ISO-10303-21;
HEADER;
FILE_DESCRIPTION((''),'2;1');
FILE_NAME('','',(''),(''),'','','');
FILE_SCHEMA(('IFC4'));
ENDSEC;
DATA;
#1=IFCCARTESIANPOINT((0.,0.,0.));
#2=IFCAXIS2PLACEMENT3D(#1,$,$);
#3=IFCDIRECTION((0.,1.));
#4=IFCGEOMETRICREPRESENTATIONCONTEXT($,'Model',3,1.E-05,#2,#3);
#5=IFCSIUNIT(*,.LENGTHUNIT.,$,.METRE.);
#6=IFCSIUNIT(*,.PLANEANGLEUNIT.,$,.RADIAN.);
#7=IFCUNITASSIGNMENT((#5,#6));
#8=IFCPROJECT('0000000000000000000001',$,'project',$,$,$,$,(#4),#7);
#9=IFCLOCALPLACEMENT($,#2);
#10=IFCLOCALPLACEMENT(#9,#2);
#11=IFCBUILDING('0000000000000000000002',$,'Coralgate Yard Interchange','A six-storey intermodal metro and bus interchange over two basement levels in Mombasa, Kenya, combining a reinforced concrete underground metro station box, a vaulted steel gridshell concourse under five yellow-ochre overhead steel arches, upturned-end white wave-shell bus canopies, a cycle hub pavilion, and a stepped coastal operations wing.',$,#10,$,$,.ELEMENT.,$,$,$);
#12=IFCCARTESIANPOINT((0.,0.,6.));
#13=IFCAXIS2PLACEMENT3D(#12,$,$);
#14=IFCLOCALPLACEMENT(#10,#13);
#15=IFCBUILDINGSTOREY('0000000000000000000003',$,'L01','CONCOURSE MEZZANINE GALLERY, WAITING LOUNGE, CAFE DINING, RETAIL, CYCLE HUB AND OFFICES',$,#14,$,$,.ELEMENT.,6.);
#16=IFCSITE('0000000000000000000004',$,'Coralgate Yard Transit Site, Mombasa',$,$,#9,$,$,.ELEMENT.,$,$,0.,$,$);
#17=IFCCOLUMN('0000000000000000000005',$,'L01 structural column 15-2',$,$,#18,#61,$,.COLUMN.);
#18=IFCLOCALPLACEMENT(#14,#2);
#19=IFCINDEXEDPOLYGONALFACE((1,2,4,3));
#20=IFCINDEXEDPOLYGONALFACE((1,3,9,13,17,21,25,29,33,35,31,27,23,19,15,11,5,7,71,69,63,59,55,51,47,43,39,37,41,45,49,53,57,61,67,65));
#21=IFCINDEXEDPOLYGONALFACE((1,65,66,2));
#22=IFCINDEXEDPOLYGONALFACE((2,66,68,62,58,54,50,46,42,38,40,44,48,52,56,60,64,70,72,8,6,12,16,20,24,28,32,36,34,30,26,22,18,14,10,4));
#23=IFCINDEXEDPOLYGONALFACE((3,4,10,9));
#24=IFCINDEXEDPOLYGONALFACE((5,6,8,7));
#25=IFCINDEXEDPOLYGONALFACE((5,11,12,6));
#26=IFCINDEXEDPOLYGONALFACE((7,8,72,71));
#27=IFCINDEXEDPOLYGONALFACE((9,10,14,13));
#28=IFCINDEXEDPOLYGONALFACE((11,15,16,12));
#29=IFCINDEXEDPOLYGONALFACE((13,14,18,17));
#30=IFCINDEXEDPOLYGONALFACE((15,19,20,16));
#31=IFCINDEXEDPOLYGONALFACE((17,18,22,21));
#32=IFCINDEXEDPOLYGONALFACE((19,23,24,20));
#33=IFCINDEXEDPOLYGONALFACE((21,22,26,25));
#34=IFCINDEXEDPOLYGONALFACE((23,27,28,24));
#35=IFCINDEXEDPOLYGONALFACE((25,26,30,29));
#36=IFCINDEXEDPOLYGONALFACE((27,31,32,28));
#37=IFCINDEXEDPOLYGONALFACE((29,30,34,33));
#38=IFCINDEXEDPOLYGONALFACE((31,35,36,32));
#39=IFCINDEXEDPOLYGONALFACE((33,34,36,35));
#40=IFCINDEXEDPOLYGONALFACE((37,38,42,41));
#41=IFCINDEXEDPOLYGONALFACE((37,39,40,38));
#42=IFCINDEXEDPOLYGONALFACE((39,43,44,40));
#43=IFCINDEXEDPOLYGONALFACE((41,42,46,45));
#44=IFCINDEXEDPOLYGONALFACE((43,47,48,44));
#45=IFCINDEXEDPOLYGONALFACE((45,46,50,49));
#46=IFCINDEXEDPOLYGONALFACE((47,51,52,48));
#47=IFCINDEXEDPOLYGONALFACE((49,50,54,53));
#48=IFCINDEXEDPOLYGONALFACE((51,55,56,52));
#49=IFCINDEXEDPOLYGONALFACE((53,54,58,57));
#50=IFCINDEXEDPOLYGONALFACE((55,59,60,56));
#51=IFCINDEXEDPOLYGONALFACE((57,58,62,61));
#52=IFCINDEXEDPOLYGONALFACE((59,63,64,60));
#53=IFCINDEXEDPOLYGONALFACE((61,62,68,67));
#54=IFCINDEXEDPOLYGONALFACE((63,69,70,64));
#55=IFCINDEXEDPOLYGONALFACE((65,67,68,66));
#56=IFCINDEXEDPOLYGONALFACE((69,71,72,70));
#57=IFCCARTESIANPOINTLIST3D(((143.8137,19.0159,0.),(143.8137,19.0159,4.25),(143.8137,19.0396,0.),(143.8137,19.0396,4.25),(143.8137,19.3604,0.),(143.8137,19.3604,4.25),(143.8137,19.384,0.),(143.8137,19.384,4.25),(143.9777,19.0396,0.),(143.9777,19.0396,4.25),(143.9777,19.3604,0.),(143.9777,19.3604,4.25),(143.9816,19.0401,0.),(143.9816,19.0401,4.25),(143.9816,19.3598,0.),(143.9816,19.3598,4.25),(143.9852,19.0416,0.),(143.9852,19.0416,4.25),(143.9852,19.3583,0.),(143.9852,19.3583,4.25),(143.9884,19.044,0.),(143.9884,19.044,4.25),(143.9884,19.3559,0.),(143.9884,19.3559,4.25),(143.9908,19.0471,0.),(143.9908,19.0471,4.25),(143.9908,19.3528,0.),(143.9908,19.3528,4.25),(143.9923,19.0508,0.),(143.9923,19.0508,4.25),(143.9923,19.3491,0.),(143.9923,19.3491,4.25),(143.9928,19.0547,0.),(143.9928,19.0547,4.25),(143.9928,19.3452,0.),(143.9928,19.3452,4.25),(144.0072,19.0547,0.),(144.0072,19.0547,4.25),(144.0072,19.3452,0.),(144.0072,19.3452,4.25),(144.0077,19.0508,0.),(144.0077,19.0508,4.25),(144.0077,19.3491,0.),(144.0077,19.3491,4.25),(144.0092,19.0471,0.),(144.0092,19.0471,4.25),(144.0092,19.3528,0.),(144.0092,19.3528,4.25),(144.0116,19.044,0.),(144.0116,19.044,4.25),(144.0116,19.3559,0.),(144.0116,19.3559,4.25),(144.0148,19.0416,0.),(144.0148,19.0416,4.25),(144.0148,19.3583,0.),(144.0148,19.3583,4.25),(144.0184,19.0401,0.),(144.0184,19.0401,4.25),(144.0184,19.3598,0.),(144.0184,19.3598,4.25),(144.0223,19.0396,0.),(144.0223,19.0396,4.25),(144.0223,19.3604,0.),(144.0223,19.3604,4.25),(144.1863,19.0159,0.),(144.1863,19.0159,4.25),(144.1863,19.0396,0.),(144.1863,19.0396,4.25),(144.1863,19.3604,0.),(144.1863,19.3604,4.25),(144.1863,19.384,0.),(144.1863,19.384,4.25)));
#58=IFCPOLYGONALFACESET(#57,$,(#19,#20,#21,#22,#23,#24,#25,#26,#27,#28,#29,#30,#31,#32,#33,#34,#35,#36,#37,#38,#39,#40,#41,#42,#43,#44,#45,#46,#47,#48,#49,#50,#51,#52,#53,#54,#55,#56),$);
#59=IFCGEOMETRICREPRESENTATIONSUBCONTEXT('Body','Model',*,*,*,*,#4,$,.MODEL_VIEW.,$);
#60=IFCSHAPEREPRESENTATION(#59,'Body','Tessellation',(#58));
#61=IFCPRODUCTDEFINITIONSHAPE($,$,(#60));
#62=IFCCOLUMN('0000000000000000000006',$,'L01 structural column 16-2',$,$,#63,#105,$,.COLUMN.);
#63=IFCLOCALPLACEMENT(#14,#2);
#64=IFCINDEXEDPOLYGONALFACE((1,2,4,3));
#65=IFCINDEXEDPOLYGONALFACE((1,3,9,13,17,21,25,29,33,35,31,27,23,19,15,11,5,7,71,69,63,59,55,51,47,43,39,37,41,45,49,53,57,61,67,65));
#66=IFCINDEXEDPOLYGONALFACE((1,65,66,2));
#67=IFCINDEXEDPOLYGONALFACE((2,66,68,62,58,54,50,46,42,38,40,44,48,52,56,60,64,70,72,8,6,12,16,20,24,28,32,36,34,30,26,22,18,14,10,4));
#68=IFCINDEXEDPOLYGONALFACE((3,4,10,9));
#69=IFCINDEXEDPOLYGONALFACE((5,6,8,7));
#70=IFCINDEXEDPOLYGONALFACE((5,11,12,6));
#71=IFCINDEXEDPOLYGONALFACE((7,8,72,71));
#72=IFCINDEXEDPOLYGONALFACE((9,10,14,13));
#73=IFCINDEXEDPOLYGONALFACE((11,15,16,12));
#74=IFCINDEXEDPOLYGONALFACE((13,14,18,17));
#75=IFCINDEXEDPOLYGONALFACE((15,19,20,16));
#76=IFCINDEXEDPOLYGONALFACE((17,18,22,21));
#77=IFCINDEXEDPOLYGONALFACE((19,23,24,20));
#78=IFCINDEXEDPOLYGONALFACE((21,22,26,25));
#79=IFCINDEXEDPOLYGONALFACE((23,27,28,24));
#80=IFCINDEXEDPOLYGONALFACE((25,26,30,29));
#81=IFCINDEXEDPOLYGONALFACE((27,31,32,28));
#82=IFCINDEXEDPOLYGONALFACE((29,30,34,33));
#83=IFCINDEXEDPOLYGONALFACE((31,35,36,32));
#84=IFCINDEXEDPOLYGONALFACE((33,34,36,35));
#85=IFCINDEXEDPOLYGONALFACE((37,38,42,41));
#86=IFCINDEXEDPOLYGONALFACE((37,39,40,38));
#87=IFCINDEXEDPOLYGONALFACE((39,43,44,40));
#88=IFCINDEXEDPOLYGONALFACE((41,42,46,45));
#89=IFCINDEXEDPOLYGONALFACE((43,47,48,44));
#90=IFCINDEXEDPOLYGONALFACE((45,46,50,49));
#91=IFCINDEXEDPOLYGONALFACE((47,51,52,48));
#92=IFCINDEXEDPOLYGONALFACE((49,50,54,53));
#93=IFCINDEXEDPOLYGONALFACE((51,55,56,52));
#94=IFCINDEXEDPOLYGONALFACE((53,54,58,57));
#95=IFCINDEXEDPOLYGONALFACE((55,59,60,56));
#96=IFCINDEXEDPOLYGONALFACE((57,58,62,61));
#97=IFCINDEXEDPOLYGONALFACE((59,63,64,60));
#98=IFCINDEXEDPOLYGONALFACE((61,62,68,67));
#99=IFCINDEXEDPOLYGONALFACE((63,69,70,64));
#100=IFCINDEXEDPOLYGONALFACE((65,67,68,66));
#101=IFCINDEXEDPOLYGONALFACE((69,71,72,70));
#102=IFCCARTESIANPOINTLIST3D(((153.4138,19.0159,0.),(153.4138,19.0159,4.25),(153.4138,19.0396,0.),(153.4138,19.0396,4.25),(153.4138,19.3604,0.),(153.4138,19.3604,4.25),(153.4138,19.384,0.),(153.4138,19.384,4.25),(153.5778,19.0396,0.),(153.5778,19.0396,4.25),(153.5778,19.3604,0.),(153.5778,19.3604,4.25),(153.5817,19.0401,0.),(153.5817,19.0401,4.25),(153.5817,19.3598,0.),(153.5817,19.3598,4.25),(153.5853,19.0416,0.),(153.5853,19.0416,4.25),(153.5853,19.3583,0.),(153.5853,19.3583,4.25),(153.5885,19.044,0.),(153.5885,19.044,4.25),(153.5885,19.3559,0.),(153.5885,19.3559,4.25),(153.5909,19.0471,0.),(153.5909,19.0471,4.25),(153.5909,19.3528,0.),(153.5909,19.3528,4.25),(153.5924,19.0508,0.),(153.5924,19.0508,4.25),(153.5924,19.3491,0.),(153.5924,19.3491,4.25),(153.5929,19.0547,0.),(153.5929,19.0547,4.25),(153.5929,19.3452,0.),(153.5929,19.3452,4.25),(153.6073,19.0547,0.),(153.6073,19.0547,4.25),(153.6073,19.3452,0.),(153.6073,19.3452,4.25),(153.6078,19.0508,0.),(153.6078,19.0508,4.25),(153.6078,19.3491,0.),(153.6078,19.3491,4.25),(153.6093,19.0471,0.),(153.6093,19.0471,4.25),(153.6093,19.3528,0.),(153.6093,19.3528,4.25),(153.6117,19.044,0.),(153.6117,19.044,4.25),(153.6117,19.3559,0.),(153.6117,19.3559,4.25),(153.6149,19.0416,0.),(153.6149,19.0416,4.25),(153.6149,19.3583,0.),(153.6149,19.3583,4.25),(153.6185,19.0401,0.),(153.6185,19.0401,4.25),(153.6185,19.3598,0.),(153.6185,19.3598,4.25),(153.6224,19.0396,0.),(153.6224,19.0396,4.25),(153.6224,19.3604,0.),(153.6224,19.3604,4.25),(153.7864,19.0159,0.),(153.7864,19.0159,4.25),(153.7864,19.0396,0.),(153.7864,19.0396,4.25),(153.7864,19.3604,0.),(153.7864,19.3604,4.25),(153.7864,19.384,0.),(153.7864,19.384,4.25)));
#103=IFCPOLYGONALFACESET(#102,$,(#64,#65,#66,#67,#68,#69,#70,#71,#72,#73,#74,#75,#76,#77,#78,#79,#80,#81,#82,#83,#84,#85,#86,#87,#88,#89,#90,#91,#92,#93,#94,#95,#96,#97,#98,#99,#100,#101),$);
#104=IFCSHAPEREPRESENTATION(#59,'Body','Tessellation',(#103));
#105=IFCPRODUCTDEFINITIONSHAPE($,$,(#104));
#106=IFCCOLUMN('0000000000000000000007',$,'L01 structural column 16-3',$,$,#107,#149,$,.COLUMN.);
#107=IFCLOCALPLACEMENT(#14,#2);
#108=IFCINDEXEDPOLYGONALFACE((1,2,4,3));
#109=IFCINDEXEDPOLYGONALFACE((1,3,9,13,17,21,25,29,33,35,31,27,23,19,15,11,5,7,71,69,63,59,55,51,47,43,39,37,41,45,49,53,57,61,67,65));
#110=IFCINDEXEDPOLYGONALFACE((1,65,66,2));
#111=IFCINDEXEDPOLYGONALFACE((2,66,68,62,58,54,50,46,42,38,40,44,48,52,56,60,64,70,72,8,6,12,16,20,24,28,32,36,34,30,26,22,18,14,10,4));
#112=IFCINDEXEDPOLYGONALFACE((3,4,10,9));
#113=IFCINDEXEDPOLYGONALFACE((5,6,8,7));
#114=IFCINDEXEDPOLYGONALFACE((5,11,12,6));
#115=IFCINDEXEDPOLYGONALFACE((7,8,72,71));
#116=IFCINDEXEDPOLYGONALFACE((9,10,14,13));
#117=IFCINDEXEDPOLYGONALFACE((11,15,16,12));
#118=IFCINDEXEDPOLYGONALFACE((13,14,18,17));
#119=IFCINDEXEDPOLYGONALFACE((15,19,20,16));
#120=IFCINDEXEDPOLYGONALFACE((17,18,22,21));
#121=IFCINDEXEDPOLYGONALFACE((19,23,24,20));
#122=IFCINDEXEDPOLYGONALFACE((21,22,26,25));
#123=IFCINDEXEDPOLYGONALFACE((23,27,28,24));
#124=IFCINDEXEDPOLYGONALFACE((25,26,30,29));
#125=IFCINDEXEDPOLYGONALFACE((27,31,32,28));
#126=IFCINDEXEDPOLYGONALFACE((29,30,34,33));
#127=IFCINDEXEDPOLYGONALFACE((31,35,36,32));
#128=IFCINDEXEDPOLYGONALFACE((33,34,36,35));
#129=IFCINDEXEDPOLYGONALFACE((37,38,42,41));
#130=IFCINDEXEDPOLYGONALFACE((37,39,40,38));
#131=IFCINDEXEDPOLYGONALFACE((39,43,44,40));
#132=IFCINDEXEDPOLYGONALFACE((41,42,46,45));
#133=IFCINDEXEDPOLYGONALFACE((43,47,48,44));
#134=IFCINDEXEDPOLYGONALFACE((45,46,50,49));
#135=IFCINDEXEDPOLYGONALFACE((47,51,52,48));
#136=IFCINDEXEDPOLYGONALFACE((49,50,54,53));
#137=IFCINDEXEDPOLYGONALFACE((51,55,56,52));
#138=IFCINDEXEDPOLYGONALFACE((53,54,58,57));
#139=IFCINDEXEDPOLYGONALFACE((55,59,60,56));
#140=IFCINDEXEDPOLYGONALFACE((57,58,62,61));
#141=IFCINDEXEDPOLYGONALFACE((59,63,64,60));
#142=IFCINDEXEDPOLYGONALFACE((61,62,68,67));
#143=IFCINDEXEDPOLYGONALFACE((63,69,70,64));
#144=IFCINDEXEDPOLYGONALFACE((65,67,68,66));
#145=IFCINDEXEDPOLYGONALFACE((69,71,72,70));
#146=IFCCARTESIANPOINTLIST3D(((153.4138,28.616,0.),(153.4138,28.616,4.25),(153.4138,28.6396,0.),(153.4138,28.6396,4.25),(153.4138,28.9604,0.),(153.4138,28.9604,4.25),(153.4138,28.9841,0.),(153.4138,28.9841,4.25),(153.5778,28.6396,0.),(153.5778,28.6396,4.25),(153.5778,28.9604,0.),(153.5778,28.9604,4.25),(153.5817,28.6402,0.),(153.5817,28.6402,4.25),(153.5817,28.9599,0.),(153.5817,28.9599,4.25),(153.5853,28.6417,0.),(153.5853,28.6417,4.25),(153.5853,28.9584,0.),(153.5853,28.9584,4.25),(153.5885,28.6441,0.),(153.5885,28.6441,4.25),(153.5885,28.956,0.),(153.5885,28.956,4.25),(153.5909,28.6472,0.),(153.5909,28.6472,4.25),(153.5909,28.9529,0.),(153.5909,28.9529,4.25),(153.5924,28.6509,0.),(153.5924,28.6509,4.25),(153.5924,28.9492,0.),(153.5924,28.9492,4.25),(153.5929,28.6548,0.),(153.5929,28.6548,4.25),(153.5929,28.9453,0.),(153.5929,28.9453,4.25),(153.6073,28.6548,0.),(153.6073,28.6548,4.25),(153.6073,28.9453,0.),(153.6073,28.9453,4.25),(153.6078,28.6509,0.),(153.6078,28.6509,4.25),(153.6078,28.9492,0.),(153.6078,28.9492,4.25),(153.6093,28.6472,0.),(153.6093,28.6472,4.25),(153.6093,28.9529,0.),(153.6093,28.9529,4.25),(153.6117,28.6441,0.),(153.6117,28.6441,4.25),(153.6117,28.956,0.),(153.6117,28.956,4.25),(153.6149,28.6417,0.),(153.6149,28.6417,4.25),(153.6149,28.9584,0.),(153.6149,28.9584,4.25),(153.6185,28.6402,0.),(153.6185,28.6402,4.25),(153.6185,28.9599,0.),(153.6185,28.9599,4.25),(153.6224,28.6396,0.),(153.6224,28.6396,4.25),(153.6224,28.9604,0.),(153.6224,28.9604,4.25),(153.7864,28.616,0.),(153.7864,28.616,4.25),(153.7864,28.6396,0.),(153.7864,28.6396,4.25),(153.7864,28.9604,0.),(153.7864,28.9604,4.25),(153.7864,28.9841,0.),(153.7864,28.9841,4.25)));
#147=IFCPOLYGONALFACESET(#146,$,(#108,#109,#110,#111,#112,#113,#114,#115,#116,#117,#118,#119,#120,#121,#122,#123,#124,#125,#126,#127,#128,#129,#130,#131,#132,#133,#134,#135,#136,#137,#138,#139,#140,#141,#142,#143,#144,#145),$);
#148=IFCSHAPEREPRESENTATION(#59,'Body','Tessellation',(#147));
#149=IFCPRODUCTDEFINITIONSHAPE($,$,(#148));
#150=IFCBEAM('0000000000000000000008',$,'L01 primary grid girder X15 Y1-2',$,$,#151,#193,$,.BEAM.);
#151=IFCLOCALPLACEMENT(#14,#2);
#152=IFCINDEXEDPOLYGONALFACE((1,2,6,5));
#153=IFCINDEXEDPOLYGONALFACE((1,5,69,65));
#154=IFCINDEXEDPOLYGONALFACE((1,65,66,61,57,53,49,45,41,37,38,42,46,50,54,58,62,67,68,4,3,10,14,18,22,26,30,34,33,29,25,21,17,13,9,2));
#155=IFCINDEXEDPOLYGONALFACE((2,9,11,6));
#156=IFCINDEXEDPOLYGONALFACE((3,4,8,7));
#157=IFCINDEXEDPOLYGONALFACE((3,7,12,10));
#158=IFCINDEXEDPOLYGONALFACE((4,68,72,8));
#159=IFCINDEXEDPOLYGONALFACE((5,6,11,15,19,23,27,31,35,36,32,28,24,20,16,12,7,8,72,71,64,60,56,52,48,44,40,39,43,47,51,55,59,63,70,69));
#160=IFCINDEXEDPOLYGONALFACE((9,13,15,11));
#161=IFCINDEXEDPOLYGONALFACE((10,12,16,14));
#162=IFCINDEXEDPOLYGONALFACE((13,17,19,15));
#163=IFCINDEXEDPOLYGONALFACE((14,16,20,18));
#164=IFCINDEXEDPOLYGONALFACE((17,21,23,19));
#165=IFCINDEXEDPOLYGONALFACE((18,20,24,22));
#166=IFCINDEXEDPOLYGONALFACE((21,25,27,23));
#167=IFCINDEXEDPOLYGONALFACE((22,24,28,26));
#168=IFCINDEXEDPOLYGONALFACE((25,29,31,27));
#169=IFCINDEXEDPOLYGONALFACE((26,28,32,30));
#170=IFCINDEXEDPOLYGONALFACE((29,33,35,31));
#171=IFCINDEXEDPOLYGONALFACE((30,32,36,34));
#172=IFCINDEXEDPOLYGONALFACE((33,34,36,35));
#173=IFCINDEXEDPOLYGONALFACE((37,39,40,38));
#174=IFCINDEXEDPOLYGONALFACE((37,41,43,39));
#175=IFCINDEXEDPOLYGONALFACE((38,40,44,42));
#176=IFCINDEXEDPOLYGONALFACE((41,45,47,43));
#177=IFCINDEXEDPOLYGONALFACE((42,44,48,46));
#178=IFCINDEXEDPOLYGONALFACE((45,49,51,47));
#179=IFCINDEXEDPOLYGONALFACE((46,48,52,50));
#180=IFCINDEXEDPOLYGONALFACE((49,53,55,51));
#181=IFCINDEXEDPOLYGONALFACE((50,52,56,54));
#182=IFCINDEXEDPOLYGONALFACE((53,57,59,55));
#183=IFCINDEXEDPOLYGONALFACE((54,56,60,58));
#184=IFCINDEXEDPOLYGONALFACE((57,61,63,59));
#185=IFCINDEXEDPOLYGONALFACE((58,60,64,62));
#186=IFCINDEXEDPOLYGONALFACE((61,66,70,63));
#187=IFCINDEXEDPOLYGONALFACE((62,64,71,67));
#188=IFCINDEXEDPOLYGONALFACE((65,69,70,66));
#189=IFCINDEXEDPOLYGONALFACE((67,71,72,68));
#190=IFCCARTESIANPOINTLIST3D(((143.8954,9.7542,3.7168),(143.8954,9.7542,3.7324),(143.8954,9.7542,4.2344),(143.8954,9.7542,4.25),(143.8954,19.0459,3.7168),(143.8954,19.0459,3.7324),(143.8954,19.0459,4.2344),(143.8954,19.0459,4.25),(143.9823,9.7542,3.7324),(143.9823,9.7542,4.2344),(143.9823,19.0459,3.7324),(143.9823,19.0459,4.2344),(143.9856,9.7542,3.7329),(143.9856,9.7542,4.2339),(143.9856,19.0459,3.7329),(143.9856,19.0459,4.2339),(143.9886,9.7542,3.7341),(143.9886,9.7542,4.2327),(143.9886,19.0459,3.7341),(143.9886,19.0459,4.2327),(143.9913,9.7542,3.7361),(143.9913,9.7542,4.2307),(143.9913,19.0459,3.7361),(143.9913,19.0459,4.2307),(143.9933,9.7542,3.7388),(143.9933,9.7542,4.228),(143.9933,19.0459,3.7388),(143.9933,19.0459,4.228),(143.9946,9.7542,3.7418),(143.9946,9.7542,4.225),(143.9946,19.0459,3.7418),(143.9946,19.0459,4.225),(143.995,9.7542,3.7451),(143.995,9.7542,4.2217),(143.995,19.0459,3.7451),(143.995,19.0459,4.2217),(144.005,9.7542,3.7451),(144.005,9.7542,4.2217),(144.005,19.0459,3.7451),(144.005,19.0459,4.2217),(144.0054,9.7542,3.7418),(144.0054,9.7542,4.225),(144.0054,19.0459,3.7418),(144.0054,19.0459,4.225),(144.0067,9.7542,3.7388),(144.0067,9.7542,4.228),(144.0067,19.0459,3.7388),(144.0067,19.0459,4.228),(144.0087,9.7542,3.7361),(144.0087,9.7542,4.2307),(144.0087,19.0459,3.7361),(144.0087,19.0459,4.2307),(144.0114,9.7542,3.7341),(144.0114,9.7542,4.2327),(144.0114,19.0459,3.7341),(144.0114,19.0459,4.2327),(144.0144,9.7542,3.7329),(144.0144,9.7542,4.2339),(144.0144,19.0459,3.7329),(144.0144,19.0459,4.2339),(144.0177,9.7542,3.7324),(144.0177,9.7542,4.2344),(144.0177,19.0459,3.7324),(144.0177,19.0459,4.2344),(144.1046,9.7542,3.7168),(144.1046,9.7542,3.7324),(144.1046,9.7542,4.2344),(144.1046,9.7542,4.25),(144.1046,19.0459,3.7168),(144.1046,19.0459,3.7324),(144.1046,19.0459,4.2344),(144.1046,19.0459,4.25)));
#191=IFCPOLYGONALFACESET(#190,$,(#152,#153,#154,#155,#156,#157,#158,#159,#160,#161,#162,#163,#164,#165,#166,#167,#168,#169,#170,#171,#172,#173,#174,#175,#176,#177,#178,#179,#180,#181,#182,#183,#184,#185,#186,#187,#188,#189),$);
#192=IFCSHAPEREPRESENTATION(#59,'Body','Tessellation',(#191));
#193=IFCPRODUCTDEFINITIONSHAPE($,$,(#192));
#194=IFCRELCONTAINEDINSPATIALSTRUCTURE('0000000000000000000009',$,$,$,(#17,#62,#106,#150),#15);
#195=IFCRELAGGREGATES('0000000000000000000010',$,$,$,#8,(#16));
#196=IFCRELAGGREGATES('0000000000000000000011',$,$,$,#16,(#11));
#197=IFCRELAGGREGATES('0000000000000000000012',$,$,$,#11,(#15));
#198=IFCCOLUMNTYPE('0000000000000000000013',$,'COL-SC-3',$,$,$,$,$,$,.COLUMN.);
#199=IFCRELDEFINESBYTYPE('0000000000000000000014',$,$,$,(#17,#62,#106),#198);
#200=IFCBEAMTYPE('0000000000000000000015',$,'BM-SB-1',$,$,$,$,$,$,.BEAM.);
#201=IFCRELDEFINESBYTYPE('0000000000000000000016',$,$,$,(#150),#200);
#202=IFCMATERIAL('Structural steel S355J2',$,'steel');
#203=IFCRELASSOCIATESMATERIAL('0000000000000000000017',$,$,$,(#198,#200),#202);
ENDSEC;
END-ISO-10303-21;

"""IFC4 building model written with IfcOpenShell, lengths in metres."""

from ifc_helpers import new_model, si_unit, direction, frame, origin, origin_2d, place, context, subcontext, project, spatial, i_section, extrude, material, material_profile, profile_set, type_object, element, save


model = new_model("IFC4")

# Units and contexts
model_context = context("Model", 3, precision=1e-05, world=origin(), true_north=direction((0.0, 1.0)))
body_context = subcontext(model_context, "Body", "Model", "MODEL_VIEW")
ifc_project = project(units=[si_unit("LENGTHUNIT", "METRE"), si_unit("PLANEANGLEUNIT", "RADIAN")], contexts=[model_context])

# Site, building, storey
site_placement = place(None, origin())
site = spatial("IfcSite", under=ifc_project, at=site_placement, Name="Coralgate Yard Transit Site, Mombasa", CompositionType="ELEMENT", RefElevation=0.0)
building_placement = place(site_placement, origin())
building = spatial("IfcBuilding", under=site, at=building_placement, Name="Coralgate Yard Interchange", Description="A six-storey intermodal metro and bus interchange over two basement levels in Mombasa, Kenya, combining a reinforced concrete underground metro station box, a vaulted steel gridshell concourse under five yellow-ochre overhead steel arches, upturned-end white wave-shell bus canopies, a cycle hub pavilion, and a stepped coastal operations wing.", CompositionType="ELEMENT")
storey_placement = place(building_placement, frame((0.0, 0.0, 6.0)))
storey = spatial("IfcBuildingStorey", under=building, at=storey_placement, Name="L01", Description="CONCOURSE MEZZANINE GALLERY, WAITING LOUNGE, CAFE DINING, RETAIL, CYCLE HUB AND OFFICES", CompositionType="ELEMENT", Elevation=6.0)

# Columns
ifc_material_1 = material(Name="Structural steel S355J2", Category="steel")
ifc_material_profile_1 = material_profile(ifc_material_1, i_section(OverallWidth=0.3726, OverallDepth=0.3682, WebThickness=0.0144, FlangeThickness=0.0237, FilletRadius=0.0151, at=origin_2d()), Name="UC 356x368x177")
ifc_profile_set_1 = profile_set([ifc_material_profile_1], Name="Structural steel S355J2")
column_type = type_object("IfcColumnType", Name="COL-SC-3", PredefinedType="COLUMN", material=ifc_profile_set_1)
for number, where, z_axis, x_axis, name in (
    (1, (144.0, 19.2, 0.0), (0.0, 0.0, 1.0), (1.0, 0.0, 0.0), "L01 structural column 15-2"),
    (2, (153.6001, 19.2, 0.0), (0.0, 0.0, 1.0), (1.0, 0.0, 0.0), "L01 structural column 16-2"),
    (3, (153.6001, 28.8, 0.0), (0.0, 0.0, 1.0), (1.0, 0.0, 0.0), "L01 structural column 16-3"),
):
    element("IfcColumn", number, at=place(storey_placement, frame(where, z_axis=z_axis, x_axis=x_axis)), inside=storey, type_object=column_type, Name=name, PredefinedType="COLUMN", context=body_context, shape_type="SweptSolid", body=[
        extrude(i_section(OverallWidth=0.3726, OverallDepth=0.3682, WebThickness=0.0144, FlangeThickness=0.0237, FilletRadius=0.0151, at=origin_2d()), origin(), (0.0, 0.0, 1.0), 4.25),
    ])

# Beam
ifc_material_profile_2 = material_profile(ifc_material_1, i_section(OverallWidth=0.2092, OverallDepth=0.5332, WebThickness=0.01, FlangeThickness=0.0156, FilletRadius=0.0127, at=origin_2d()), Name="UB 533x210x92")
ifc_profile_set_2 = profile_set([ifc_material_profile_2], Name="Structural steel S355J2")
beam_type_1 = type_object("IfcBeamType", Name="BM-SB-1", PredefinedType="BEAM", material=ifc_profile_set_2)
for number, where, z_axis, x_axis, name in (
    (4, (144.0, 9.7542, 3.9834), (0.0, 1.0, 0.0), (-1.0, 0.0, 0.0), "L01 primary grid girder X15 Y1-2"),
):
    element("IfcBeam", number, at=place(storey_placement, frame(where, z_axis=z_axis, x_axis=x_axis)), inside=storey, type_object=beam_type_1, Name=name, PredefinedType="BEAM", context=body_context, shape_type="SweptSolid", body=[
        extrude(i_section(OverallWidth=0.2092, OverallDepth=0.5332, WebThickness=0.01, FlangeThickness=0.0156, FilletRadius=0.0127, at=origin_2d()), origin(), (0.0, 0.0, 1.0), 9.2917),
    ])

save(model, "model.ifc")
